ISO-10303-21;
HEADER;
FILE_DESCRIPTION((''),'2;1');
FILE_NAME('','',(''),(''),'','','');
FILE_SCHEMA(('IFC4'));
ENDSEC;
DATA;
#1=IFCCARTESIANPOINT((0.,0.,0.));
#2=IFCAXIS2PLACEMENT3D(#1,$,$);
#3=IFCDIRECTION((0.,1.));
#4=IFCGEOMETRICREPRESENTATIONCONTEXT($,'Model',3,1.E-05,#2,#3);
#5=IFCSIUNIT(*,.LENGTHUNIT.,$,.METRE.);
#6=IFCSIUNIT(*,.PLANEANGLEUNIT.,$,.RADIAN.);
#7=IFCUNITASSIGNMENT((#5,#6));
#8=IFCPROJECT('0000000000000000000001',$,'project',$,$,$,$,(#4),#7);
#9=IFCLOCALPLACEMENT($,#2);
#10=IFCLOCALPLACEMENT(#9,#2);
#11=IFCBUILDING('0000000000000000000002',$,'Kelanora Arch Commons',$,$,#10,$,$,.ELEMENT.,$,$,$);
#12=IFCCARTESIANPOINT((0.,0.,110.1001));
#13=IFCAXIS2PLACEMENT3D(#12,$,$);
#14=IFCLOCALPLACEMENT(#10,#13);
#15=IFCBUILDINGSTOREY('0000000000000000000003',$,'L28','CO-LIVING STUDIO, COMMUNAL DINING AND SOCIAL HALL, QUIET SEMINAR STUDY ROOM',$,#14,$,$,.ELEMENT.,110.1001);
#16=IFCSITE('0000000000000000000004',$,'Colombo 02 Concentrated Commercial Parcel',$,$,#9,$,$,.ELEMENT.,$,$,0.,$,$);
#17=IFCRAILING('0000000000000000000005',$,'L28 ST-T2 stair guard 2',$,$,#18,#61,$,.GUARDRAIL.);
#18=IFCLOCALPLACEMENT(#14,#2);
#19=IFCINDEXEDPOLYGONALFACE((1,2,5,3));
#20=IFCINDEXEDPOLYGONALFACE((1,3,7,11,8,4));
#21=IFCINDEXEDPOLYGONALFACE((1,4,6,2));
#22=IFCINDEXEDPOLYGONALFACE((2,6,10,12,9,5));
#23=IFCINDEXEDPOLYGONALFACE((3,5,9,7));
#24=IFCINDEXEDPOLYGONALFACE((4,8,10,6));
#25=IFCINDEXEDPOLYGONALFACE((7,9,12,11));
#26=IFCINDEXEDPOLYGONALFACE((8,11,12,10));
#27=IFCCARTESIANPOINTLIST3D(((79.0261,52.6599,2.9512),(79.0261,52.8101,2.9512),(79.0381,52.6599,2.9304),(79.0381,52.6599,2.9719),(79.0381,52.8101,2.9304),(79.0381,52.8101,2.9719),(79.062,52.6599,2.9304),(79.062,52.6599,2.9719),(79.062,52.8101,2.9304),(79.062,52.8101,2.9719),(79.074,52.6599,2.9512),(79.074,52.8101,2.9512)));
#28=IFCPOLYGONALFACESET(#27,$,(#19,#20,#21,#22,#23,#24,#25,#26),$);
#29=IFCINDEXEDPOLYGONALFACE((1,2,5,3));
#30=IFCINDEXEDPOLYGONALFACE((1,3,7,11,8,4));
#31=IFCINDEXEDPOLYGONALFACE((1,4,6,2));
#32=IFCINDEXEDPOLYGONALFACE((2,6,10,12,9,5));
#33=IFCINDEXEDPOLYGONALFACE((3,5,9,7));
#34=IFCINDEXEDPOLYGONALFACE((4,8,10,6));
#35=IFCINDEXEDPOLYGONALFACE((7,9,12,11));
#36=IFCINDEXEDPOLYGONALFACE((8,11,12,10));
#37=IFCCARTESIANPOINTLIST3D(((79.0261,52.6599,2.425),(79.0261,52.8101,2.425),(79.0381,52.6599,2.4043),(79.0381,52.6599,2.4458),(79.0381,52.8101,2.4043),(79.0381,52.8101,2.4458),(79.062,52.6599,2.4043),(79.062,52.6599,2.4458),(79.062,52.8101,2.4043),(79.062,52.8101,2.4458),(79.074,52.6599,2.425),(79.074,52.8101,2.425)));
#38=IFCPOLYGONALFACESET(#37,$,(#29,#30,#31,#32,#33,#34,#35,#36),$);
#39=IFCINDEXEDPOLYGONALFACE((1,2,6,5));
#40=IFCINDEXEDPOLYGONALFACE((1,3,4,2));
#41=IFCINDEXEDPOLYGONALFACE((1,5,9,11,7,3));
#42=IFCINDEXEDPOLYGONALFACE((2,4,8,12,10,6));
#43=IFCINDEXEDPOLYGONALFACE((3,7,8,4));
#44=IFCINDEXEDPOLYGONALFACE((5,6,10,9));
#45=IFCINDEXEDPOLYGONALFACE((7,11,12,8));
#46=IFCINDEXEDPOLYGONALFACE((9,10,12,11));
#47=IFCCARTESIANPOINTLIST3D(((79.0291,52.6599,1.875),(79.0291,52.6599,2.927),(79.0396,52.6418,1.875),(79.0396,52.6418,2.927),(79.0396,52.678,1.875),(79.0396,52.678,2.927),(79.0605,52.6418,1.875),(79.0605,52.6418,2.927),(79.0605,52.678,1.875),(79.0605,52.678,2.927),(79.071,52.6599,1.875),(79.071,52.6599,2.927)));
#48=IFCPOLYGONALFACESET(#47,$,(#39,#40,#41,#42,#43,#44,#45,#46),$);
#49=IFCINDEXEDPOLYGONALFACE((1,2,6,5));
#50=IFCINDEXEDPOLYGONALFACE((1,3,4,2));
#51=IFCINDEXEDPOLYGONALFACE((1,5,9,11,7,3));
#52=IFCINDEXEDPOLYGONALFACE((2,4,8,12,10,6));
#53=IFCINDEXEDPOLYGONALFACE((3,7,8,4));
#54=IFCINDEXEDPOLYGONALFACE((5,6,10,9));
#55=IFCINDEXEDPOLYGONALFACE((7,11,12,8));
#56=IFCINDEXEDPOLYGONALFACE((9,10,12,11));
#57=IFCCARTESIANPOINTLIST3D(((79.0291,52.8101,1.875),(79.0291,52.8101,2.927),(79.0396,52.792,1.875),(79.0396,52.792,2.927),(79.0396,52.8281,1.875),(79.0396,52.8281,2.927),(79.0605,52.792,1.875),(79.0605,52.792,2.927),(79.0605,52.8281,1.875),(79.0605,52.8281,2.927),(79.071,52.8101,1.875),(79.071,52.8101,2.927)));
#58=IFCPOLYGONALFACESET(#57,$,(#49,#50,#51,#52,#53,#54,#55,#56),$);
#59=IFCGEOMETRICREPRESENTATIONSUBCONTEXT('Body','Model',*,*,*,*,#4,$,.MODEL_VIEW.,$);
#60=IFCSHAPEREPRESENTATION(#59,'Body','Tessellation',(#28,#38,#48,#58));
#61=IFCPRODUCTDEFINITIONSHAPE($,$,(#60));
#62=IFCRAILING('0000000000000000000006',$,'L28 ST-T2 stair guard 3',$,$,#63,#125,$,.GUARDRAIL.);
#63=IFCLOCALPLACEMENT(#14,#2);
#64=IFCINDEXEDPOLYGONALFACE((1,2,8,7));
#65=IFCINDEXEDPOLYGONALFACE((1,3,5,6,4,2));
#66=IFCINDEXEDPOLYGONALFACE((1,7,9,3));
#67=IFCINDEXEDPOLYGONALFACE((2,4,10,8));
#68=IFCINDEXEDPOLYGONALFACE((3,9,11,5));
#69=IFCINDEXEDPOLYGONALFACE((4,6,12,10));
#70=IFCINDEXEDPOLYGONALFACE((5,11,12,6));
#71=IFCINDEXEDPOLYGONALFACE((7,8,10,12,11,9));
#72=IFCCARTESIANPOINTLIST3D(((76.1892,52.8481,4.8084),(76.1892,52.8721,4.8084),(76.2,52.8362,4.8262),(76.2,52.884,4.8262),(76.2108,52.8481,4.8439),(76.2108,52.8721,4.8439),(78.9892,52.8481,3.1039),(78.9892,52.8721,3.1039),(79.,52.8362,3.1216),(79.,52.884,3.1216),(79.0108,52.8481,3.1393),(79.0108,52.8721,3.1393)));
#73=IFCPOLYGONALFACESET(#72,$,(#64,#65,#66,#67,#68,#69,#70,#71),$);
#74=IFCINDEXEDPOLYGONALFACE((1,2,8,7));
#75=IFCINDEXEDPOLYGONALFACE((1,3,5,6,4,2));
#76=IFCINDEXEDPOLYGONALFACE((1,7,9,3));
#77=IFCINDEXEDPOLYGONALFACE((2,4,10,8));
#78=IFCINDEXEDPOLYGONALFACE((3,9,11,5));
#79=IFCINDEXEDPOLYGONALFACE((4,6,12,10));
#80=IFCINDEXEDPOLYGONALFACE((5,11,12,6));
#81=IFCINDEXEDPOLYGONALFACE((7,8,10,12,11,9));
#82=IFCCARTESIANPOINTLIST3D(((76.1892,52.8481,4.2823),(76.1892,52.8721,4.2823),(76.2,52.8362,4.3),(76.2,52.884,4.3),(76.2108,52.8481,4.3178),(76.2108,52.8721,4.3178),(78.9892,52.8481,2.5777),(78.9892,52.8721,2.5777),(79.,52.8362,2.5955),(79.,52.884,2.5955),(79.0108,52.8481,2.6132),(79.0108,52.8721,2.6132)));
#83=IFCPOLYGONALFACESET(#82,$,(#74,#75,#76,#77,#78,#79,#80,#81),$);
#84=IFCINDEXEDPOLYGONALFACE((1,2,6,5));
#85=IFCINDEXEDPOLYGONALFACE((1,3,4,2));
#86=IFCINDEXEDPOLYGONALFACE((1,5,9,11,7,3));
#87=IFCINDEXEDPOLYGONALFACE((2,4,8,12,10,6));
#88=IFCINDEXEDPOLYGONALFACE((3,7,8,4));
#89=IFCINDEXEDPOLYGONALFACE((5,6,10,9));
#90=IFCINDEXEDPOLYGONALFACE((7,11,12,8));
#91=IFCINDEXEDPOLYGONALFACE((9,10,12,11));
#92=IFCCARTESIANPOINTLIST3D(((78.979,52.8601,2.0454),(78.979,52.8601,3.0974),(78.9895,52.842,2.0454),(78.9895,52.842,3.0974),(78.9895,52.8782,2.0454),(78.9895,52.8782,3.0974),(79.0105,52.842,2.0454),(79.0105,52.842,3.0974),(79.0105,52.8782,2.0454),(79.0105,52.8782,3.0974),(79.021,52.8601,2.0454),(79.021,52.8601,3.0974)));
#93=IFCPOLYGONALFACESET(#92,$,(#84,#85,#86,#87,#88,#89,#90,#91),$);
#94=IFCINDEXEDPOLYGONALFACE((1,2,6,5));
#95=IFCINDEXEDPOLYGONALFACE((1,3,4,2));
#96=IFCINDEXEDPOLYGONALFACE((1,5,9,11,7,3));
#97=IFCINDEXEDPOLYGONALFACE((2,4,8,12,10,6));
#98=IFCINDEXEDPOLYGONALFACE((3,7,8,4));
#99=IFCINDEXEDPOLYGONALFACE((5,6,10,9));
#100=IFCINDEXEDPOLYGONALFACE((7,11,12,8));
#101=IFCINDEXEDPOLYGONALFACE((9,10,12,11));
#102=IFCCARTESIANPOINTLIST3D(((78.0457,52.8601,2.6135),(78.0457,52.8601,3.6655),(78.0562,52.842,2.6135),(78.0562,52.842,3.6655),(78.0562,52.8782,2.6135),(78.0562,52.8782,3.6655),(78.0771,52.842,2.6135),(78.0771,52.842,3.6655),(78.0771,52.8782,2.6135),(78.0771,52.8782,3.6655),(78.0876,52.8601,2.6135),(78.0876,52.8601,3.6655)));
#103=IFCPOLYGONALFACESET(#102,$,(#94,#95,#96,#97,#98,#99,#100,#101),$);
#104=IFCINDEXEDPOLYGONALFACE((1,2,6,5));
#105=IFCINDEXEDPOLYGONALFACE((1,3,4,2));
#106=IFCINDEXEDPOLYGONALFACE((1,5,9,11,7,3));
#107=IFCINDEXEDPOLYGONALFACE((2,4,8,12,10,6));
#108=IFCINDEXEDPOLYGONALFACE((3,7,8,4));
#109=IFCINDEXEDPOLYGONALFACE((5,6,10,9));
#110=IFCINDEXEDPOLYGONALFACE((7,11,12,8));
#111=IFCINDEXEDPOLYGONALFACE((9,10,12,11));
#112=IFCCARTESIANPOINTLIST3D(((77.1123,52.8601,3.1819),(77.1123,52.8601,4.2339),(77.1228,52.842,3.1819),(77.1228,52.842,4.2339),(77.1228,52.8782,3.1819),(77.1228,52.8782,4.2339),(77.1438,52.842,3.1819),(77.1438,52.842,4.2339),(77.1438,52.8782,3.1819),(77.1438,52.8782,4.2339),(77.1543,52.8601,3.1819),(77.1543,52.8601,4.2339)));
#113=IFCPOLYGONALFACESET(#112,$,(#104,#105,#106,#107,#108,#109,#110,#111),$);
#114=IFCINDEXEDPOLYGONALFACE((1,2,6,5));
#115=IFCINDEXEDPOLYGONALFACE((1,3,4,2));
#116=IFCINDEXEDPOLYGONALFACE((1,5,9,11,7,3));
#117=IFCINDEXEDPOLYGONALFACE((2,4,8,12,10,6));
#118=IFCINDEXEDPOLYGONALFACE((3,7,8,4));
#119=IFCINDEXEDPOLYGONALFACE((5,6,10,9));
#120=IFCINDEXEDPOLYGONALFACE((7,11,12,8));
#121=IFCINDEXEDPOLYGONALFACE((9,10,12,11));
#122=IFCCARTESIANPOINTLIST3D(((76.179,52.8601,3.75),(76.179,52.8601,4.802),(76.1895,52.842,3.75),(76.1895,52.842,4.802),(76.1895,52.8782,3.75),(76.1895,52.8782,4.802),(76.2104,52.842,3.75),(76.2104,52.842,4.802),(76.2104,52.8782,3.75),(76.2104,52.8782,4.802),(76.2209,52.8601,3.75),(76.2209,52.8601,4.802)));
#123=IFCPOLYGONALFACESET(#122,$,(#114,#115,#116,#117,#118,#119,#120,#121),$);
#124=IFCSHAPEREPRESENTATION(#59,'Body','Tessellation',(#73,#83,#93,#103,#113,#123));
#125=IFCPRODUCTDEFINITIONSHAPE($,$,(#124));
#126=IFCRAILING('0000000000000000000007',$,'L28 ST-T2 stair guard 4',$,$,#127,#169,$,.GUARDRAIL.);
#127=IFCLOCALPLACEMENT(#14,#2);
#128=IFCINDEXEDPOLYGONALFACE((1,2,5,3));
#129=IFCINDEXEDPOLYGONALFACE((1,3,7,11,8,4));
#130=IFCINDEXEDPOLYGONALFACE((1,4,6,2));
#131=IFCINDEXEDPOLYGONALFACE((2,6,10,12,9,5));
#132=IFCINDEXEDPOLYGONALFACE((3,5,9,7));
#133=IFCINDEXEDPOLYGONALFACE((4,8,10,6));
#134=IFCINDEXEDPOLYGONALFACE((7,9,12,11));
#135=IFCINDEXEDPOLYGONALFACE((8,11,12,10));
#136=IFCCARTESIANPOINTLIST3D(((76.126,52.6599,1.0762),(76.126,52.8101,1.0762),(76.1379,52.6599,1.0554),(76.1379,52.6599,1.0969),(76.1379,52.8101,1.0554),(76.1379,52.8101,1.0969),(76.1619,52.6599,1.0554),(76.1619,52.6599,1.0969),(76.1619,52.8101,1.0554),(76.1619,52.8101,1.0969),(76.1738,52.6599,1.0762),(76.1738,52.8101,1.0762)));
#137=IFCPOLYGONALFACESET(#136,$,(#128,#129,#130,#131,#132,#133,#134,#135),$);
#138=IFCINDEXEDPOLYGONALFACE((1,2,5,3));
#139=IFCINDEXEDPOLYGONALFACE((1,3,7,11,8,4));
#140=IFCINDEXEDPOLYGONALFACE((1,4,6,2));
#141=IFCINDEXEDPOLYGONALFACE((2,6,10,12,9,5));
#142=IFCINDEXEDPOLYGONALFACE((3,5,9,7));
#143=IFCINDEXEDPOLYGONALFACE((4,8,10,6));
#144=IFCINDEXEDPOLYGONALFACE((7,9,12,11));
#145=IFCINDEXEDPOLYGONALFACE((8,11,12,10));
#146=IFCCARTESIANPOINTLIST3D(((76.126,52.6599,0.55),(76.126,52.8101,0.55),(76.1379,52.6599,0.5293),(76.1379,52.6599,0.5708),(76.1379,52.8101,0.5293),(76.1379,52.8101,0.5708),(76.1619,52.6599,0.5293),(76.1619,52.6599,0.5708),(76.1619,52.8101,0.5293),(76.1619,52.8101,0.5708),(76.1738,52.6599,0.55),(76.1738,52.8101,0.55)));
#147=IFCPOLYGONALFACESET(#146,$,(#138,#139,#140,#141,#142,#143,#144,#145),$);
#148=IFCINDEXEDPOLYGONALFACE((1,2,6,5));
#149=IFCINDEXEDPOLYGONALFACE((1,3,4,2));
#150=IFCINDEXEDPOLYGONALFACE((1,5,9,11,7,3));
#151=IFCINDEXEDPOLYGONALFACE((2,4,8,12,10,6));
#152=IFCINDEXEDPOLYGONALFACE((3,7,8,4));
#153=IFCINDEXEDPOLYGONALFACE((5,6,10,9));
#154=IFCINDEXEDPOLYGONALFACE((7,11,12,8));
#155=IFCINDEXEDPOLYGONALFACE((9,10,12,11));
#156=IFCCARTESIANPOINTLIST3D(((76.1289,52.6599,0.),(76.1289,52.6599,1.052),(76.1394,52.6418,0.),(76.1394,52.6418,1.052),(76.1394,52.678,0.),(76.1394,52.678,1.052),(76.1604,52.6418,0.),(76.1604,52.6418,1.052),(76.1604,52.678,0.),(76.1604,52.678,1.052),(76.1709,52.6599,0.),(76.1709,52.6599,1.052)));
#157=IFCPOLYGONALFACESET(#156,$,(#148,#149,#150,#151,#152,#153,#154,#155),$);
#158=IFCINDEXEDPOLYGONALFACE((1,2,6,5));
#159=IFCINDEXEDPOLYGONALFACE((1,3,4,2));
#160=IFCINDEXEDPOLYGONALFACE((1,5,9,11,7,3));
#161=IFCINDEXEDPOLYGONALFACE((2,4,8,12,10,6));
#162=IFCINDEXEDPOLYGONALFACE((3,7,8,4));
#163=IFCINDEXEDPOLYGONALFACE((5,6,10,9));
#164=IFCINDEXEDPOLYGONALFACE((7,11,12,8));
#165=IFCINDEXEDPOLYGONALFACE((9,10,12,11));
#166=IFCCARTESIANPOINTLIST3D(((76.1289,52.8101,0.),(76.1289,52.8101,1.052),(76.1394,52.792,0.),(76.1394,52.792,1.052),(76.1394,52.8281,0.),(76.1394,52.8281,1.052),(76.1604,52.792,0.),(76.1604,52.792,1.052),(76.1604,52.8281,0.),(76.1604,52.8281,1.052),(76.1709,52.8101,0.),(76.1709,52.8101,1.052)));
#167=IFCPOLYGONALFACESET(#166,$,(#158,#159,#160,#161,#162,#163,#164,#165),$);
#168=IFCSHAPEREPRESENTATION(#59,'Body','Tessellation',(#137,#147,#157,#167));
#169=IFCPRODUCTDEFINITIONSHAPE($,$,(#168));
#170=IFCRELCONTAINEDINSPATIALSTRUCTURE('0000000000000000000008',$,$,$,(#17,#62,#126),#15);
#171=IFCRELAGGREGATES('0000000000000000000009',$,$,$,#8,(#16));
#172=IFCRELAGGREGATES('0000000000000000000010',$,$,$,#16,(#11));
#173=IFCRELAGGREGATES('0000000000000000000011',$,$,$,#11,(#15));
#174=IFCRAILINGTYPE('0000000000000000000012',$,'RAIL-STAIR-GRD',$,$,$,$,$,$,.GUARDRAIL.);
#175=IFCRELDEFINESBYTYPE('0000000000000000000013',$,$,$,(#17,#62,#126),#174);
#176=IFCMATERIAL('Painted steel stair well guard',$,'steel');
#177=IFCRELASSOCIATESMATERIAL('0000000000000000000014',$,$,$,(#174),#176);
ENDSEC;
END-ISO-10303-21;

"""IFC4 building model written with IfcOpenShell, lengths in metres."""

from ifc_helpers import new_model, si_unit, direction, frame, origin, place, context, subcontext, project, spatial, polyline, outline, extrude, material, type_object, element, save


model = new_model("IFC4")

# Units and contexts
model_context = context("Model", 3, precision=1e-05, world=origin(), true_north=direction((0.0, 1.0)))
body_context = subcontext(model_context, "Body", "Model", "MODEL_VIEW")
ifc_project = project(units=[si_unit("LENGTHUNIT", "METRE"), si_unit("PLANEANGLEUNIT", "RADIAN")], contexts=[model_context])

# Site, building, storey
site_placement = place(None, origin())
site = spatial("IfcSite", under=ifc_project, at=site_placement, Name="Colombo 02 Concentrated Commercial Parcel", CompositionType="ELEMENT", RefElevation=0.0)
building_placement = place(site_placement, origin())
building = spatial("IfcBuilding", under=site, at=building_placement, Name="Kelanora Arch Commons", CompositionType="ELEMENT")
storey_placement = place(building_placement, frame((0.0, 0.0, 110.1001)))
storey = spatial("IfcBuildingStorey", under=building, at=storey_placement, Name="L28", Description="CO-LIVING STUDIO, COMMUNAL DINING AND SOCIAL HALL, QUIET SEMINAR STUDY ROOM", CompositionType="ELEMENT", Elevation=110.1001)

# Railings
ifc_material_1 = material(Name="Painted steel stair well guard", Category="steel")
railing_type_1 = type_object("IfcRailingType", Name="RAIL-STAIR-GRD", PredefinedType="GUARDRAIL", material=ifc_material_1)
railing_1_placement = place(storey_placement, frame((79.05, 52.6599, 1.875)))
element("IfcRailing", 1, at=railing_1_placement, inside=storey, type_object=railing_type_1, Name="L28 ST-T2 stair guard 2", PredefinedType="GUARDRAIL", context=body_context, shape_type="SweptSolid", body=[
    extrude(outline(polyline([(0.0239, 0.0), (0.012, 0.0208), (-0.012, 0.0208), (-0.0239, 0.0), (-0.012, -0.0208), (0.012, -0.0208), (0.0239, 0.0)])), frame((0.0, 0.0, 1.0762), z_axis=(0.0, 1.0, 0.0), x_axis=(-1.0, 0.0, 0.0)), (0.0, 0.0, 1.0), 0.1501),
    extrude(outline(polyline([(0.0239, 0.0), (0.012, 0.0208), (-0.012, 0.0208), (-0.0239, 0.0), (-0.012, -0.0208), (0.012, -0.0208), (0.0239, 0.0)])), frame((0.0, 0.0, 0.55), z_axis=(0.0, 1.0, 0.0), x_axis=(-1.0, 0.0, 0.0)), (0.0, 0.0, 1.0), 0.1501),
    extrude(outline(polyline([(0.021, 0.0), (0.0105, 0.0181), (-0.0105, 0.0181), (-0.021, 0.0), (-0.0105, -0.0181), (0.0105, -0.0181), (0.021, 0.0)])), origin(), (0.0, 0.0, 1.0), 1.052),
    extrude(outline(polyline([(0.021, 0.0), (0.0105, 0.0181), (-0.0105, 0.0181), (-0.021, 0.0), (-0.0105, -0.0181), (0.0105, -0.0181), (0.021, 0.0)])), frame((0.0, 0.1501, 0.0)), (0.0, 0.0, 1.0), 1.052),
])
railing_2_placement = place(storey_placement, frame((79.0, 52.8601, 2.0454)))
element("IfcRailing", 2, at=railing_2_placement, inside=storey, type_object=railing_type_1, Name="L28 ST-T2 stair guard 3", PredefinedType="GUARDRAIL", context=body_context, shape_type="SweptSolid", body=[
    extrude(outline(polyline([(0.0239, 0.0), (0.012, 0.0208), (-0.012, 0.0208), (-0.0239, 0.0), (-0.012, -0.0208), (0.012, -0.0208), (0.0239, 0.0)])), frame((0.0, 0.0, 1.0762), z_axis=(-0.85417, 0.0, 0.519994), x_axis=(0.0, -1.0, 0.0)), (0.0, 0.0, 1.0), 3.2781),
    extrude(outline(polyline([(0.0239, 0.0), (0.012, 0.0208), (-0.012, 0.0208), (-0.0239, 0.0), (-0.012, -0.0208), (0.012, -0.0208), (0.0239, 0.0)])), frame((0.0, 0.0, 0.55), z_axis=(-0.85417, 0.0, 0.519994), x_axis=(0.0, -1.0, 0.0)), (0.0, 0.0, 1.0), 3.2781),
    extrude(outline(polyline([(0.021, 0.0), (0.0105, 0.0181), (-0.0105, 0.0181), (-0.021, 0.0), (-0.0105, -0.0181), (0.0105, -0.0181), (0.021, 0.0)])), origin(), (0.0, 0.0, 1.0), 1.052),
    extrude(outline(polyline([(0.021, 0.0), (0.0105, 0.0181), (-0.0105, 0.0181), (-0.021, 0.0), (-0.0105, -0.0181), (0.0105, -0.0181), (0.021, 0.0)])), frame((-0.9333, 0.0, 0.5681)), (0.0, 0.0, 1.0), 1.052),
    extrude(outline(polyline([(0.021, 0.0), (0.0105, 0.0181), (-0.0105, 0.0181), (-0.021, 0.0), (-0.0105, -0.0181), (0.0105, -0.0181), (0.021, 0.0)])), frame((-1.8667, 0.0, 1.1365)), (0.0, 0.0, 1.0), 1.052),
    extrude(outline(polyline([(0.021, 0.0), (0.0105, 0.0181), (-0.0105, 0.0181), (-0.021, 0.0), (-0.0105, -0.0181), (0.0105, -0.0181), (0.021, 0.0)])), frame((-2.8, 0.0, 1.7046)), (0.0, 0.0, 1.0), 1.052),
])
railing_3_placement = place(storey_placement, frame((76.1499, 52.6599, 0.0)))
element("IfcRailing", 3, at=railing_3_placement, inside=storey, type_object=railing_type_1, Name="L28 ST-T2 stair guard 4", PredefinedType="GUARDRAIL", context=body_context, shape_type="SweptSolid", body=[
    extrude(outline(polyline([(0.0239, 0.0), (0.012, 0.0208), (-0.012, 0.0208), (-0.0239, 0.0), (-0.012, -0.0208), (0.012, -0.0208), (0.0239, 0.0)])), frame((0.0, 0.0, 1.0762), z_axis=(0.0, 1.0, 0.0), x_axis=(-1.0, 0.0, 0.0)), (0.0, 0.0, 1.0), 0.1501),
    extrude(outline(polyline([(0.0239, 0.0), (0.012, 0.0208), (-0.012, 0.0208), (-0.0239, 0.0), (-0.012, -0.0208), (0.012, -0.0208), (0.0239, 0.0)])), frame((0.0, 0.0, 0.55), z_axis=(0.0, 1.0, 0.0), x_axis=(-1.0, 0.0, 0.0)), (0.0, 0.0, 1.0), 0.1501),
    extrude(outline(polyline([(0.021, 0.0), (0.0105, 0.0181), (-0.0105, 0.0181), (-0.021, 0.0), (-0.0105, -0.0181), (0.0105, -0.0181), (0.021, 0.0)])), origin(), (0.0, 0.0, 1.0), 1.052),
    extrude(outline(polyline([(0.021, 0.0), (0.0105, 0.0181), (-0.0105, 0.0181), (-0.021, 0.0), (-0.0105, -0.0181), (0.0105, -0.0181), (0.021, 0.0)])), frame((0.0, 0.1501, 0.0)), (0.0, 0.0, 1.0), 1.052),
])

save(model, "model.ifc")
